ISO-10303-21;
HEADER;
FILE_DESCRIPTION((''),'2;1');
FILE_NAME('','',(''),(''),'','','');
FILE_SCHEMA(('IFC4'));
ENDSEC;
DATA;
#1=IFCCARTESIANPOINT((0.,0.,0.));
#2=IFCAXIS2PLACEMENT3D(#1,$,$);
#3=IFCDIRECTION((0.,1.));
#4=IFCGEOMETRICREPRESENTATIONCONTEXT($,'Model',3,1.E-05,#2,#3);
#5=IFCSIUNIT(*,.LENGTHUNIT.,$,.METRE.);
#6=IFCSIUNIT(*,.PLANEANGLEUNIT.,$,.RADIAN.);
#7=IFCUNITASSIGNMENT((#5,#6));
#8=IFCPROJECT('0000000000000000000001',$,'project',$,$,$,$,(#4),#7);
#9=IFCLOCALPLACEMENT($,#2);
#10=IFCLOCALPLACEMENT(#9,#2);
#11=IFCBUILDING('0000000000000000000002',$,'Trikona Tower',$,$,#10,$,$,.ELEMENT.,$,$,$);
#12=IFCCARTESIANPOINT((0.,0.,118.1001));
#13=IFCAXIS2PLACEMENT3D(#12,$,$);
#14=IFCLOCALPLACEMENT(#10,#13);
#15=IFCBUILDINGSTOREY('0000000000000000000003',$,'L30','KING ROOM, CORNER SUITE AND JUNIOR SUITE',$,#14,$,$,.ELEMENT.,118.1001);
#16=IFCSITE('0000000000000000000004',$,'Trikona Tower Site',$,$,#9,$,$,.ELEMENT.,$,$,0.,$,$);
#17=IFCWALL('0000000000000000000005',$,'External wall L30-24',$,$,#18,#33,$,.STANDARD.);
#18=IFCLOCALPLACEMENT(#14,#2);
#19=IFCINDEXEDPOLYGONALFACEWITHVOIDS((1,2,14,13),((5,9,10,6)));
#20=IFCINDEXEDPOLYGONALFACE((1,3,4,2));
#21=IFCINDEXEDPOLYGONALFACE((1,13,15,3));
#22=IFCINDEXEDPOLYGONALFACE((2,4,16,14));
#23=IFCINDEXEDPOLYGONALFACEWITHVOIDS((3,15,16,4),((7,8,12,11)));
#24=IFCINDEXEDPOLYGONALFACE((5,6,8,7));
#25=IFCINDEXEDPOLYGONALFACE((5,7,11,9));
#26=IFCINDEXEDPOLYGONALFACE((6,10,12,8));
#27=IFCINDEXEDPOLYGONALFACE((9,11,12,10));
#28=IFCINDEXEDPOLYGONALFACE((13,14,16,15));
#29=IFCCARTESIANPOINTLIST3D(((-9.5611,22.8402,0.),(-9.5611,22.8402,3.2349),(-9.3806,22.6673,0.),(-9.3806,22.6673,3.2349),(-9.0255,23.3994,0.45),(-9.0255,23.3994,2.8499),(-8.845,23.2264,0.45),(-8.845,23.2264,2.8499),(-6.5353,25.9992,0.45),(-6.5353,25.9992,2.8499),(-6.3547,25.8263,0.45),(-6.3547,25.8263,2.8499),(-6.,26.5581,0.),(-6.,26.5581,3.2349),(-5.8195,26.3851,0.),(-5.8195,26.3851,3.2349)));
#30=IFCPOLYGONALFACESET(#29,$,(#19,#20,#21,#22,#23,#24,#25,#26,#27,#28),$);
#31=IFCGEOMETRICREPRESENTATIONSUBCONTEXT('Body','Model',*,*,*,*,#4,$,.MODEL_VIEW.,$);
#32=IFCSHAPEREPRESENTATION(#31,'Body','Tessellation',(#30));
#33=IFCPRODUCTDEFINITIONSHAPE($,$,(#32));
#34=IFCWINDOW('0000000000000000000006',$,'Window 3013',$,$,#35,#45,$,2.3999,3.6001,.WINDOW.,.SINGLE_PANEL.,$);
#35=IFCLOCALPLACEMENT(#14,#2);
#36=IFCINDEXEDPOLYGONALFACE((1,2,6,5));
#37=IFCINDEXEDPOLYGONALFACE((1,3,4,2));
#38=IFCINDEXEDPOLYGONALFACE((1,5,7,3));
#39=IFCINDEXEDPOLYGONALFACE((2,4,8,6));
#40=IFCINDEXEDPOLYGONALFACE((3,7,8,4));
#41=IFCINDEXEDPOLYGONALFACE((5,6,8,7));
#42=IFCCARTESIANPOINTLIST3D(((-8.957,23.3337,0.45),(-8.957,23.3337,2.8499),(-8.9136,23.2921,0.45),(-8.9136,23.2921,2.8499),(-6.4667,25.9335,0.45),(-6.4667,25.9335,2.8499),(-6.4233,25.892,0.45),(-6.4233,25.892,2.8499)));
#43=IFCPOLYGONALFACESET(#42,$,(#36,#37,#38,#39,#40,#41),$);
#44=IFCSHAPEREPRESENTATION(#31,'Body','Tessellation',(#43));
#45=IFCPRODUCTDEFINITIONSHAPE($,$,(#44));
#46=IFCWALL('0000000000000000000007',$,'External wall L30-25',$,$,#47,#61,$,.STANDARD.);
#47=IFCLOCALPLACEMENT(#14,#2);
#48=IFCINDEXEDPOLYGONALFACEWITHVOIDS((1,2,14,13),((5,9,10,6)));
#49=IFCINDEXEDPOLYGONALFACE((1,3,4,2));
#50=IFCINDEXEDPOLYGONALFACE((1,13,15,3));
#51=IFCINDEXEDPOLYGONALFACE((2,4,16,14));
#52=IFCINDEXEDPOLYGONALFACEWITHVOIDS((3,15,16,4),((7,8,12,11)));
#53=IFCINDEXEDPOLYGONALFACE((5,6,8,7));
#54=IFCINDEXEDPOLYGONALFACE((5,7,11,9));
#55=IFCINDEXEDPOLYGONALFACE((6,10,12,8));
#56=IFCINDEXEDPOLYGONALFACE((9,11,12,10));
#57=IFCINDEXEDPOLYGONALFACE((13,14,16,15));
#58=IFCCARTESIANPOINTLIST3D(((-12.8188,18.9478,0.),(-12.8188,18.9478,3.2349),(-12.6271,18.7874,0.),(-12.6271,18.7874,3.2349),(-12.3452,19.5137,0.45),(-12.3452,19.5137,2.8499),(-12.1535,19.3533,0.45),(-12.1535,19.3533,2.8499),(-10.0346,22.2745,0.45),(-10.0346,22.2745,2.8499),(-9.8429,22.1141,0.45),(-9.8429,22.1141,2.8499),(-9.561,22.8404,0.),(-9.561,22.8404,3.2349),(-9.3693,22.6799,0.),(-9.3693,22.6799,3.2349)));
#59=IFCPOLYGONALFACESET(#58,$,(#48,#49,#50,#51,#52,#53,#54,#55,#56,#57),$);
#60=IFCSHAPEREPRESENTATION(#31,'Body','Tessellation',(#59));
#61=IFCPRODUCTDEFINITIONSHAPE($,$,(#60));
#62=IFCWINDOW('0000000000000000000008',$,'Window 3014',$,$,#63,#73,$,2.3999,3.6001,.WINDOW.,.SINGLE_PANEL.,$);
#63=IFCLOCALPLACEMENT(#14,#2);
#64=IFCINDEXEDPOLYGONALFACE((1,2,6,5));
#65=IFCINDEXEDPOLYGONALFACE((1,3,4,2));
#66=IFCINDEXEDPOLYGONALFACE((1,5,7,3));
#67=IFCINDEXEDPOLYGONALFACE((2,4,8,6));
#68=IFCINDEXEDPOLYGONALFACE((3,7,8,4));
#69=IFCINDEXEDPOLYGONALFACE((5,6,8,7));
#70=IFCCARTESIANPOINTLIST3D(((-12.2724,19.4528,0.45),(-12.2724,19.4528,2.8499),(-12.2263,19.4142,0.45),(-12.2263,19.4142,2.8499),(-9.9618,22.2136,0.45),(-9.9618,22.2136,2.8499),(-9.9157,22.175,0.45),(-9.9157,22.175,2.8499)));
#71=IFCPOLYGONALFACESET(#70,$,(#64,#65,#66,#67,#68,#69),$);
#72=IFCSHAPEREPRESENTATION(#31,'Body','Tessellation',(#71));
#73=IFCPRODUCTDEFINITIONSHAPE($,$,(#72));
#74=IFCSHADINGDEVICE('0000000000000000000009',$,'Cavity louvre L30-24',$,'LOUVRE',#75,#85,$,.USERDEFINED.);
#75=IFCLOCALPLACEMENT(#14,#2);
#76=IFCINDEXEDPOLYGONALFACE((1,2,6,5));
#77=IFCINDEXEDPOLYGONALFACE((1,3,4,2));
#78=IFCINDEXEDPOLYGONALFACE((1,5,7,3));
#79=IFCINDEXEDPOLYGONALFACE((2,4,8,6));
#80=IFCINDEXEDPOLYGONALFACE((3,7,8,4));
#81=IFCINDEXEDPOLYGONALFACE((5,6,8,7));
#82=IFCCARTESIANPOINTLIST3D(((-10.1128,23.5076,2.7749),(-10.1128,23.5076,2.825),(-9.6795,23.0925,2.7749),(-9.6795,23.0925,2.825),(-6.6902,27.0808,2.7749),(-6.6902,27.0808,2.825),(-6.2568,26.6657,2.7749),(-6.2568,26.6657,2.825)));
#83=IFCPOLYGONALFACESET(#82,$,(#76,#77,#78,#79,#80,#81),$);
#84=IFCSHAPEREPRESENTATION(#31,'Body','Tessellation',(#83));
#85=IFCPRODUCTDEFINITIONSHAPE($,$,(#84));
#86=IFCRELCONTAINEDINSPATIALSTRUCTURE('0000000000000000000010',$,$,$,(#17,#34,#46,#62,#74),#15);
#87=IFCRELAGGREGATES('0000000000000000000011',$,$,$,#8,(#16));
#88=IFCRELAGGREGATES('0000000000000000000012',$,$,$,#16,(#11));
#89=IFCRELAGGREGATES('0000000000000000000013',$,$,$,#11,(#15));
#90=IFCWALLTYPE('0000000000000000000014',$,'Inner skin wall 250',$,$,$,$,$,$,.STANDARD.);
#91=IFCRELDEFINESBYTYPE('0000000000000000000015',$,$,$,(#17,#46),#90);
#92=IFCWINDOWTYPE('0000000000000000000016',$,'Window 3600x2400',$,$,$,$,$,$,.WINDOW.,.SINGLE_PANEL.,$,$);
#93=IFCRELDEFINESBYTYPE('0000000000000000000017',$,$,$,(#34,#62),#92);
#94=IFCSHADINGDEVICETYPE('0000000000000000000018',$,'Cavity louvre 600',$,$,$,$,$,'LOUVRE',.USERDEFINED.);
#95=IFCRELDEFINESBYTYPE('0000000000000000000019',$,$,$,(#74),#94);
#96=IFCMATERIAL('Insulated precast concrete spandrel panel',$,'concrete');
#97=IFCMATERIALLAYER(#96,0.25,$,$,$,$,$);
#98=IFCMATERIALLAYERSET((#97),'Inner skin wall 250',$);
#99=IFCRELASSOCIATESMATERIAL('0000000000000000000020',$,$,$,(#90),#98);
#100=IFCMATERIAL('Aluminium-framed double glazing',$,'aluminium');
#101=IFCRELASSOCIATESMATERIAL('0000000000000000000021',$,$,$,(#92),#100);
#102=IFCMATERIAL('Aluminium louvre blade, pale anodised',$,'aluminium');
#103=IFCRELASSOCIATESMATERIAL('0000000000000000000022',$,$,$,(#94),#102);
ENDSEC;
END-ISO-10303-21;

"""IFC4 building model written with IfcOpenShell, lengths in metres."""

from ifc_helpers import new_model, si_unit, direction, frame, frame_2d, origin, origin_2d, place, context, subcontext, project, spatial, rectangle, extrude, material, layer, layer_set, type_object, element, fill, save


model = new_model("IFC4")

# Units and contexts
model_context = context("Model", 3, precision=1e-05, world=origin(), true_north=direction((0.0, 1.0)))
body_context = subcontext(model_context, "Body", "Model", "MODEL_VIEW")
ifc_project = project(units=[si_unit("LENGTHUNIT", "METRE"), si_unit("PLANEANGLEUNIT", "RADIAN")], contexts=[model_context])

# Site, building, storey
site_placement = place(None, origin())
site = spatial("IfcSite", under=ifc_project, at=site_placement, Name="Trikona Tower Site", CompositionType="ELEMENT", RefElevation=0.0)
building_placement = place(site_placement, origin())
building = spatial("IfcBuilding", under=site, at=building_placement, Name="Trikona Tower", CompositionType="ELEMENT")
storey_placement = place(building_placement, frame((0.0, 0.0, 118.1001)))
storey = spatial("IfcBuildingStorey", under=building, at=storey_placement, Name="L30", Description="KING ROOM, CORNER SUITE AND JUNIOR SUITE", CompositionType="ELEMENT", Elevation=118.1001)

# Walls, openings, windows
ifc_material_1 = material(Name="Insulated precast concrete spandrel panel", Category="concrete")
ifc_layer_1 = layer(ifc_material_1, 0.25)
ifc_layer_set_1 = layer_set([ifc_layer_1], Name="Inner skin wall 250")
wall_type_1 = type_object("IfcWallType", Name="Inner skin wall 250", PredefinedType="STANDARD", material=ifc_layer_set_1)
wall_1_placement = place(storey_placement, frame((-5.9097, 26.4717, 0.0), z_axis=(0.0, 0.0, 1.0), x_axis=(-0.69172, -0.722166, 0.0)))
wall_1 = element("IfcWall", 1, at=wall_1_placement, inside=storey, type_object=wall_type_1, Name="External wall L30-24", PredefinedType="STANDARD", context=body_context, shape_type="SweptSolid", body=[
    extrude(rectangle(XDim=5.1482, YDim=0.25, at=frame_2d((2.5742, 0.0))), origin(), (0.0, 0.0, 1.0), 3.2349),
])
opening_1_placement = place(wall_1_placement, frame((0.7739, 0.0, 0.45)))
opening_1 = element("IfcOpeningElement", 2, at=opening_1_placement, cuts=wall_1, PredefinedType="OPENING", context=body_context, shape_type="SweptSolid", body=[
    extrude(rectangle(XDim=3.6001, YDim=2.3999, at=frame_2d((1.8, 1.2))), frame((0.0, 0.135, 0.0), z_axis=(0.0, -1.0, 0.0), x_axis=(1.0, 0.0, 0.0)), (0.0, 0.0, 1.0), 0.27),
])
ifc_material_2 = material(Name="Aluminium-framed double glazing", Category="aluminium")
window_type_1 = type_object("IfcWindowType", Name="Window 3600x2400", PartitioningType="SINGLE_PANEL", PredefinedType="WINDOW", material=ifc_material_2)
window_1_placement = place(opening_1_placement, origin())
window_1 = element("IfcWindow", 3, at=window_1_placement, inside=storey, type_object=window_type_1, Name="Window 3013", OverallHeight=2.3999, OverallWidth=3.6001, PartitioningType="SINGLE_PANEL", PredefinedType="WINDOW", context=body_context, shape_type="SweptSolid", body=[
    extrude(rectangle(XDim=3.6001, YDim=2.3999, at=frame_2d((1.8, 1.2))), frame((0.0, 0.03, 0.0), z_axis=(0.0, -1.0, 0.0), x_axis=(1.0, 0.0, 0.0)), (0.0, 0.0, 1.0), 0.0601),
])
fill(opening_1, window_1)
wall_2_placement = place(storey_placement, frame((-9.4651, 22.7603, 0.0), z_axis=(0.0, 0.0, 1.0), x_axis=(-0.64181, -0.766863, 0.0)))
wall_2 = element("IfcWall", 4, at=wall_2_placement, inside=storey, type_object=wall_type_1, Name="External wall L30-25", PredefinedType="STANDARD", context=body_context, shape_type="SweptSolid", body=[
    extrude(rectangle(XDim=5.0759, YDim=0.25, at=frame_2d((2.5381, 0.0))), origin(), (0.0, 0.0, 1.0), 3.2349),
])
opening_2_placement = place(wall_2_placement, frame((0.738, 0.0, 0.45)))
opening_2 = element("IfcOpeningElement", 5, at=opening_2_placement, cuts=wall_2, PredefinedType="OPENING", context=body_context, shape_type="SweptSolid", body=[
    extrude(rectangle(XDim=3.6001, YDim=2.3999, at=frame_2d((1.8, 1.2))), frame((0.0, 0.135, 0.0), z_axis=(0.0, -1.0, 0.0), x_axis=(1.0, 0.0, 0.0)), (0.0, 0.0, 1.0), 0.27),
])
window_2_placement = place(opening_2_placement, origin())
window_2 = element("IfcWindow", 6, at=window_2_placement, inside=storey, type_object=window_type_1, Name="Window 3014", OverallHeight=2.3999, OverallWidth=3.6001, PartitioningType="SINGLE_PANEL", PredefinedType="WINDOW", context=body_context, shape_type="SweptSolid", body=[
    extrude(rectangle(XDim=3.6001, YDim=2.3999, at=frame_2d((1.8, 1.2))), frame((0.0, 0.03, 0.0), z_axis=(0.0, -1.0, 0.0), x_axis=(1.0, 0.0, 0.0)), (0.0, 0.0, 1.0), 0.0601),
])
fill(opening_2, window_2)

# Shading device
ifc_material_3 = material(Name="Aluminium louvre blade, pale anodised", Category="aluminium")
shading_device_type = type_object("IfcShadingDeviceType", Name="Cavity louvre 600", ElementType="LOUVRE", PredefinedType="USERDEFINED", material=ifc_material_3)
shading_device_placement = place(storey_placement, frame((-8.1848, 25.0867, 2.7749), z_axis=(0.0, 0.0, 1.0), x_axis=(-0.691724, -0.722162, 0.0)))
element("IfcShadingDevice", 7, at=shading_device_placement, inside=storey, type_object=shading_device_type, Name="Cavity louvre L30-24", ObjectType="LOUVRE", PredefinedType="USERDEFINED", context=body_context, shape_type="SweptSolid", body=[
    extrude(rectangle(XDim=4.948, YDim=0.6001, at=origin_2d()), origin(), (0.0, 0.0, 1.0), 0.05),
])

save(model, "model.ifc")
